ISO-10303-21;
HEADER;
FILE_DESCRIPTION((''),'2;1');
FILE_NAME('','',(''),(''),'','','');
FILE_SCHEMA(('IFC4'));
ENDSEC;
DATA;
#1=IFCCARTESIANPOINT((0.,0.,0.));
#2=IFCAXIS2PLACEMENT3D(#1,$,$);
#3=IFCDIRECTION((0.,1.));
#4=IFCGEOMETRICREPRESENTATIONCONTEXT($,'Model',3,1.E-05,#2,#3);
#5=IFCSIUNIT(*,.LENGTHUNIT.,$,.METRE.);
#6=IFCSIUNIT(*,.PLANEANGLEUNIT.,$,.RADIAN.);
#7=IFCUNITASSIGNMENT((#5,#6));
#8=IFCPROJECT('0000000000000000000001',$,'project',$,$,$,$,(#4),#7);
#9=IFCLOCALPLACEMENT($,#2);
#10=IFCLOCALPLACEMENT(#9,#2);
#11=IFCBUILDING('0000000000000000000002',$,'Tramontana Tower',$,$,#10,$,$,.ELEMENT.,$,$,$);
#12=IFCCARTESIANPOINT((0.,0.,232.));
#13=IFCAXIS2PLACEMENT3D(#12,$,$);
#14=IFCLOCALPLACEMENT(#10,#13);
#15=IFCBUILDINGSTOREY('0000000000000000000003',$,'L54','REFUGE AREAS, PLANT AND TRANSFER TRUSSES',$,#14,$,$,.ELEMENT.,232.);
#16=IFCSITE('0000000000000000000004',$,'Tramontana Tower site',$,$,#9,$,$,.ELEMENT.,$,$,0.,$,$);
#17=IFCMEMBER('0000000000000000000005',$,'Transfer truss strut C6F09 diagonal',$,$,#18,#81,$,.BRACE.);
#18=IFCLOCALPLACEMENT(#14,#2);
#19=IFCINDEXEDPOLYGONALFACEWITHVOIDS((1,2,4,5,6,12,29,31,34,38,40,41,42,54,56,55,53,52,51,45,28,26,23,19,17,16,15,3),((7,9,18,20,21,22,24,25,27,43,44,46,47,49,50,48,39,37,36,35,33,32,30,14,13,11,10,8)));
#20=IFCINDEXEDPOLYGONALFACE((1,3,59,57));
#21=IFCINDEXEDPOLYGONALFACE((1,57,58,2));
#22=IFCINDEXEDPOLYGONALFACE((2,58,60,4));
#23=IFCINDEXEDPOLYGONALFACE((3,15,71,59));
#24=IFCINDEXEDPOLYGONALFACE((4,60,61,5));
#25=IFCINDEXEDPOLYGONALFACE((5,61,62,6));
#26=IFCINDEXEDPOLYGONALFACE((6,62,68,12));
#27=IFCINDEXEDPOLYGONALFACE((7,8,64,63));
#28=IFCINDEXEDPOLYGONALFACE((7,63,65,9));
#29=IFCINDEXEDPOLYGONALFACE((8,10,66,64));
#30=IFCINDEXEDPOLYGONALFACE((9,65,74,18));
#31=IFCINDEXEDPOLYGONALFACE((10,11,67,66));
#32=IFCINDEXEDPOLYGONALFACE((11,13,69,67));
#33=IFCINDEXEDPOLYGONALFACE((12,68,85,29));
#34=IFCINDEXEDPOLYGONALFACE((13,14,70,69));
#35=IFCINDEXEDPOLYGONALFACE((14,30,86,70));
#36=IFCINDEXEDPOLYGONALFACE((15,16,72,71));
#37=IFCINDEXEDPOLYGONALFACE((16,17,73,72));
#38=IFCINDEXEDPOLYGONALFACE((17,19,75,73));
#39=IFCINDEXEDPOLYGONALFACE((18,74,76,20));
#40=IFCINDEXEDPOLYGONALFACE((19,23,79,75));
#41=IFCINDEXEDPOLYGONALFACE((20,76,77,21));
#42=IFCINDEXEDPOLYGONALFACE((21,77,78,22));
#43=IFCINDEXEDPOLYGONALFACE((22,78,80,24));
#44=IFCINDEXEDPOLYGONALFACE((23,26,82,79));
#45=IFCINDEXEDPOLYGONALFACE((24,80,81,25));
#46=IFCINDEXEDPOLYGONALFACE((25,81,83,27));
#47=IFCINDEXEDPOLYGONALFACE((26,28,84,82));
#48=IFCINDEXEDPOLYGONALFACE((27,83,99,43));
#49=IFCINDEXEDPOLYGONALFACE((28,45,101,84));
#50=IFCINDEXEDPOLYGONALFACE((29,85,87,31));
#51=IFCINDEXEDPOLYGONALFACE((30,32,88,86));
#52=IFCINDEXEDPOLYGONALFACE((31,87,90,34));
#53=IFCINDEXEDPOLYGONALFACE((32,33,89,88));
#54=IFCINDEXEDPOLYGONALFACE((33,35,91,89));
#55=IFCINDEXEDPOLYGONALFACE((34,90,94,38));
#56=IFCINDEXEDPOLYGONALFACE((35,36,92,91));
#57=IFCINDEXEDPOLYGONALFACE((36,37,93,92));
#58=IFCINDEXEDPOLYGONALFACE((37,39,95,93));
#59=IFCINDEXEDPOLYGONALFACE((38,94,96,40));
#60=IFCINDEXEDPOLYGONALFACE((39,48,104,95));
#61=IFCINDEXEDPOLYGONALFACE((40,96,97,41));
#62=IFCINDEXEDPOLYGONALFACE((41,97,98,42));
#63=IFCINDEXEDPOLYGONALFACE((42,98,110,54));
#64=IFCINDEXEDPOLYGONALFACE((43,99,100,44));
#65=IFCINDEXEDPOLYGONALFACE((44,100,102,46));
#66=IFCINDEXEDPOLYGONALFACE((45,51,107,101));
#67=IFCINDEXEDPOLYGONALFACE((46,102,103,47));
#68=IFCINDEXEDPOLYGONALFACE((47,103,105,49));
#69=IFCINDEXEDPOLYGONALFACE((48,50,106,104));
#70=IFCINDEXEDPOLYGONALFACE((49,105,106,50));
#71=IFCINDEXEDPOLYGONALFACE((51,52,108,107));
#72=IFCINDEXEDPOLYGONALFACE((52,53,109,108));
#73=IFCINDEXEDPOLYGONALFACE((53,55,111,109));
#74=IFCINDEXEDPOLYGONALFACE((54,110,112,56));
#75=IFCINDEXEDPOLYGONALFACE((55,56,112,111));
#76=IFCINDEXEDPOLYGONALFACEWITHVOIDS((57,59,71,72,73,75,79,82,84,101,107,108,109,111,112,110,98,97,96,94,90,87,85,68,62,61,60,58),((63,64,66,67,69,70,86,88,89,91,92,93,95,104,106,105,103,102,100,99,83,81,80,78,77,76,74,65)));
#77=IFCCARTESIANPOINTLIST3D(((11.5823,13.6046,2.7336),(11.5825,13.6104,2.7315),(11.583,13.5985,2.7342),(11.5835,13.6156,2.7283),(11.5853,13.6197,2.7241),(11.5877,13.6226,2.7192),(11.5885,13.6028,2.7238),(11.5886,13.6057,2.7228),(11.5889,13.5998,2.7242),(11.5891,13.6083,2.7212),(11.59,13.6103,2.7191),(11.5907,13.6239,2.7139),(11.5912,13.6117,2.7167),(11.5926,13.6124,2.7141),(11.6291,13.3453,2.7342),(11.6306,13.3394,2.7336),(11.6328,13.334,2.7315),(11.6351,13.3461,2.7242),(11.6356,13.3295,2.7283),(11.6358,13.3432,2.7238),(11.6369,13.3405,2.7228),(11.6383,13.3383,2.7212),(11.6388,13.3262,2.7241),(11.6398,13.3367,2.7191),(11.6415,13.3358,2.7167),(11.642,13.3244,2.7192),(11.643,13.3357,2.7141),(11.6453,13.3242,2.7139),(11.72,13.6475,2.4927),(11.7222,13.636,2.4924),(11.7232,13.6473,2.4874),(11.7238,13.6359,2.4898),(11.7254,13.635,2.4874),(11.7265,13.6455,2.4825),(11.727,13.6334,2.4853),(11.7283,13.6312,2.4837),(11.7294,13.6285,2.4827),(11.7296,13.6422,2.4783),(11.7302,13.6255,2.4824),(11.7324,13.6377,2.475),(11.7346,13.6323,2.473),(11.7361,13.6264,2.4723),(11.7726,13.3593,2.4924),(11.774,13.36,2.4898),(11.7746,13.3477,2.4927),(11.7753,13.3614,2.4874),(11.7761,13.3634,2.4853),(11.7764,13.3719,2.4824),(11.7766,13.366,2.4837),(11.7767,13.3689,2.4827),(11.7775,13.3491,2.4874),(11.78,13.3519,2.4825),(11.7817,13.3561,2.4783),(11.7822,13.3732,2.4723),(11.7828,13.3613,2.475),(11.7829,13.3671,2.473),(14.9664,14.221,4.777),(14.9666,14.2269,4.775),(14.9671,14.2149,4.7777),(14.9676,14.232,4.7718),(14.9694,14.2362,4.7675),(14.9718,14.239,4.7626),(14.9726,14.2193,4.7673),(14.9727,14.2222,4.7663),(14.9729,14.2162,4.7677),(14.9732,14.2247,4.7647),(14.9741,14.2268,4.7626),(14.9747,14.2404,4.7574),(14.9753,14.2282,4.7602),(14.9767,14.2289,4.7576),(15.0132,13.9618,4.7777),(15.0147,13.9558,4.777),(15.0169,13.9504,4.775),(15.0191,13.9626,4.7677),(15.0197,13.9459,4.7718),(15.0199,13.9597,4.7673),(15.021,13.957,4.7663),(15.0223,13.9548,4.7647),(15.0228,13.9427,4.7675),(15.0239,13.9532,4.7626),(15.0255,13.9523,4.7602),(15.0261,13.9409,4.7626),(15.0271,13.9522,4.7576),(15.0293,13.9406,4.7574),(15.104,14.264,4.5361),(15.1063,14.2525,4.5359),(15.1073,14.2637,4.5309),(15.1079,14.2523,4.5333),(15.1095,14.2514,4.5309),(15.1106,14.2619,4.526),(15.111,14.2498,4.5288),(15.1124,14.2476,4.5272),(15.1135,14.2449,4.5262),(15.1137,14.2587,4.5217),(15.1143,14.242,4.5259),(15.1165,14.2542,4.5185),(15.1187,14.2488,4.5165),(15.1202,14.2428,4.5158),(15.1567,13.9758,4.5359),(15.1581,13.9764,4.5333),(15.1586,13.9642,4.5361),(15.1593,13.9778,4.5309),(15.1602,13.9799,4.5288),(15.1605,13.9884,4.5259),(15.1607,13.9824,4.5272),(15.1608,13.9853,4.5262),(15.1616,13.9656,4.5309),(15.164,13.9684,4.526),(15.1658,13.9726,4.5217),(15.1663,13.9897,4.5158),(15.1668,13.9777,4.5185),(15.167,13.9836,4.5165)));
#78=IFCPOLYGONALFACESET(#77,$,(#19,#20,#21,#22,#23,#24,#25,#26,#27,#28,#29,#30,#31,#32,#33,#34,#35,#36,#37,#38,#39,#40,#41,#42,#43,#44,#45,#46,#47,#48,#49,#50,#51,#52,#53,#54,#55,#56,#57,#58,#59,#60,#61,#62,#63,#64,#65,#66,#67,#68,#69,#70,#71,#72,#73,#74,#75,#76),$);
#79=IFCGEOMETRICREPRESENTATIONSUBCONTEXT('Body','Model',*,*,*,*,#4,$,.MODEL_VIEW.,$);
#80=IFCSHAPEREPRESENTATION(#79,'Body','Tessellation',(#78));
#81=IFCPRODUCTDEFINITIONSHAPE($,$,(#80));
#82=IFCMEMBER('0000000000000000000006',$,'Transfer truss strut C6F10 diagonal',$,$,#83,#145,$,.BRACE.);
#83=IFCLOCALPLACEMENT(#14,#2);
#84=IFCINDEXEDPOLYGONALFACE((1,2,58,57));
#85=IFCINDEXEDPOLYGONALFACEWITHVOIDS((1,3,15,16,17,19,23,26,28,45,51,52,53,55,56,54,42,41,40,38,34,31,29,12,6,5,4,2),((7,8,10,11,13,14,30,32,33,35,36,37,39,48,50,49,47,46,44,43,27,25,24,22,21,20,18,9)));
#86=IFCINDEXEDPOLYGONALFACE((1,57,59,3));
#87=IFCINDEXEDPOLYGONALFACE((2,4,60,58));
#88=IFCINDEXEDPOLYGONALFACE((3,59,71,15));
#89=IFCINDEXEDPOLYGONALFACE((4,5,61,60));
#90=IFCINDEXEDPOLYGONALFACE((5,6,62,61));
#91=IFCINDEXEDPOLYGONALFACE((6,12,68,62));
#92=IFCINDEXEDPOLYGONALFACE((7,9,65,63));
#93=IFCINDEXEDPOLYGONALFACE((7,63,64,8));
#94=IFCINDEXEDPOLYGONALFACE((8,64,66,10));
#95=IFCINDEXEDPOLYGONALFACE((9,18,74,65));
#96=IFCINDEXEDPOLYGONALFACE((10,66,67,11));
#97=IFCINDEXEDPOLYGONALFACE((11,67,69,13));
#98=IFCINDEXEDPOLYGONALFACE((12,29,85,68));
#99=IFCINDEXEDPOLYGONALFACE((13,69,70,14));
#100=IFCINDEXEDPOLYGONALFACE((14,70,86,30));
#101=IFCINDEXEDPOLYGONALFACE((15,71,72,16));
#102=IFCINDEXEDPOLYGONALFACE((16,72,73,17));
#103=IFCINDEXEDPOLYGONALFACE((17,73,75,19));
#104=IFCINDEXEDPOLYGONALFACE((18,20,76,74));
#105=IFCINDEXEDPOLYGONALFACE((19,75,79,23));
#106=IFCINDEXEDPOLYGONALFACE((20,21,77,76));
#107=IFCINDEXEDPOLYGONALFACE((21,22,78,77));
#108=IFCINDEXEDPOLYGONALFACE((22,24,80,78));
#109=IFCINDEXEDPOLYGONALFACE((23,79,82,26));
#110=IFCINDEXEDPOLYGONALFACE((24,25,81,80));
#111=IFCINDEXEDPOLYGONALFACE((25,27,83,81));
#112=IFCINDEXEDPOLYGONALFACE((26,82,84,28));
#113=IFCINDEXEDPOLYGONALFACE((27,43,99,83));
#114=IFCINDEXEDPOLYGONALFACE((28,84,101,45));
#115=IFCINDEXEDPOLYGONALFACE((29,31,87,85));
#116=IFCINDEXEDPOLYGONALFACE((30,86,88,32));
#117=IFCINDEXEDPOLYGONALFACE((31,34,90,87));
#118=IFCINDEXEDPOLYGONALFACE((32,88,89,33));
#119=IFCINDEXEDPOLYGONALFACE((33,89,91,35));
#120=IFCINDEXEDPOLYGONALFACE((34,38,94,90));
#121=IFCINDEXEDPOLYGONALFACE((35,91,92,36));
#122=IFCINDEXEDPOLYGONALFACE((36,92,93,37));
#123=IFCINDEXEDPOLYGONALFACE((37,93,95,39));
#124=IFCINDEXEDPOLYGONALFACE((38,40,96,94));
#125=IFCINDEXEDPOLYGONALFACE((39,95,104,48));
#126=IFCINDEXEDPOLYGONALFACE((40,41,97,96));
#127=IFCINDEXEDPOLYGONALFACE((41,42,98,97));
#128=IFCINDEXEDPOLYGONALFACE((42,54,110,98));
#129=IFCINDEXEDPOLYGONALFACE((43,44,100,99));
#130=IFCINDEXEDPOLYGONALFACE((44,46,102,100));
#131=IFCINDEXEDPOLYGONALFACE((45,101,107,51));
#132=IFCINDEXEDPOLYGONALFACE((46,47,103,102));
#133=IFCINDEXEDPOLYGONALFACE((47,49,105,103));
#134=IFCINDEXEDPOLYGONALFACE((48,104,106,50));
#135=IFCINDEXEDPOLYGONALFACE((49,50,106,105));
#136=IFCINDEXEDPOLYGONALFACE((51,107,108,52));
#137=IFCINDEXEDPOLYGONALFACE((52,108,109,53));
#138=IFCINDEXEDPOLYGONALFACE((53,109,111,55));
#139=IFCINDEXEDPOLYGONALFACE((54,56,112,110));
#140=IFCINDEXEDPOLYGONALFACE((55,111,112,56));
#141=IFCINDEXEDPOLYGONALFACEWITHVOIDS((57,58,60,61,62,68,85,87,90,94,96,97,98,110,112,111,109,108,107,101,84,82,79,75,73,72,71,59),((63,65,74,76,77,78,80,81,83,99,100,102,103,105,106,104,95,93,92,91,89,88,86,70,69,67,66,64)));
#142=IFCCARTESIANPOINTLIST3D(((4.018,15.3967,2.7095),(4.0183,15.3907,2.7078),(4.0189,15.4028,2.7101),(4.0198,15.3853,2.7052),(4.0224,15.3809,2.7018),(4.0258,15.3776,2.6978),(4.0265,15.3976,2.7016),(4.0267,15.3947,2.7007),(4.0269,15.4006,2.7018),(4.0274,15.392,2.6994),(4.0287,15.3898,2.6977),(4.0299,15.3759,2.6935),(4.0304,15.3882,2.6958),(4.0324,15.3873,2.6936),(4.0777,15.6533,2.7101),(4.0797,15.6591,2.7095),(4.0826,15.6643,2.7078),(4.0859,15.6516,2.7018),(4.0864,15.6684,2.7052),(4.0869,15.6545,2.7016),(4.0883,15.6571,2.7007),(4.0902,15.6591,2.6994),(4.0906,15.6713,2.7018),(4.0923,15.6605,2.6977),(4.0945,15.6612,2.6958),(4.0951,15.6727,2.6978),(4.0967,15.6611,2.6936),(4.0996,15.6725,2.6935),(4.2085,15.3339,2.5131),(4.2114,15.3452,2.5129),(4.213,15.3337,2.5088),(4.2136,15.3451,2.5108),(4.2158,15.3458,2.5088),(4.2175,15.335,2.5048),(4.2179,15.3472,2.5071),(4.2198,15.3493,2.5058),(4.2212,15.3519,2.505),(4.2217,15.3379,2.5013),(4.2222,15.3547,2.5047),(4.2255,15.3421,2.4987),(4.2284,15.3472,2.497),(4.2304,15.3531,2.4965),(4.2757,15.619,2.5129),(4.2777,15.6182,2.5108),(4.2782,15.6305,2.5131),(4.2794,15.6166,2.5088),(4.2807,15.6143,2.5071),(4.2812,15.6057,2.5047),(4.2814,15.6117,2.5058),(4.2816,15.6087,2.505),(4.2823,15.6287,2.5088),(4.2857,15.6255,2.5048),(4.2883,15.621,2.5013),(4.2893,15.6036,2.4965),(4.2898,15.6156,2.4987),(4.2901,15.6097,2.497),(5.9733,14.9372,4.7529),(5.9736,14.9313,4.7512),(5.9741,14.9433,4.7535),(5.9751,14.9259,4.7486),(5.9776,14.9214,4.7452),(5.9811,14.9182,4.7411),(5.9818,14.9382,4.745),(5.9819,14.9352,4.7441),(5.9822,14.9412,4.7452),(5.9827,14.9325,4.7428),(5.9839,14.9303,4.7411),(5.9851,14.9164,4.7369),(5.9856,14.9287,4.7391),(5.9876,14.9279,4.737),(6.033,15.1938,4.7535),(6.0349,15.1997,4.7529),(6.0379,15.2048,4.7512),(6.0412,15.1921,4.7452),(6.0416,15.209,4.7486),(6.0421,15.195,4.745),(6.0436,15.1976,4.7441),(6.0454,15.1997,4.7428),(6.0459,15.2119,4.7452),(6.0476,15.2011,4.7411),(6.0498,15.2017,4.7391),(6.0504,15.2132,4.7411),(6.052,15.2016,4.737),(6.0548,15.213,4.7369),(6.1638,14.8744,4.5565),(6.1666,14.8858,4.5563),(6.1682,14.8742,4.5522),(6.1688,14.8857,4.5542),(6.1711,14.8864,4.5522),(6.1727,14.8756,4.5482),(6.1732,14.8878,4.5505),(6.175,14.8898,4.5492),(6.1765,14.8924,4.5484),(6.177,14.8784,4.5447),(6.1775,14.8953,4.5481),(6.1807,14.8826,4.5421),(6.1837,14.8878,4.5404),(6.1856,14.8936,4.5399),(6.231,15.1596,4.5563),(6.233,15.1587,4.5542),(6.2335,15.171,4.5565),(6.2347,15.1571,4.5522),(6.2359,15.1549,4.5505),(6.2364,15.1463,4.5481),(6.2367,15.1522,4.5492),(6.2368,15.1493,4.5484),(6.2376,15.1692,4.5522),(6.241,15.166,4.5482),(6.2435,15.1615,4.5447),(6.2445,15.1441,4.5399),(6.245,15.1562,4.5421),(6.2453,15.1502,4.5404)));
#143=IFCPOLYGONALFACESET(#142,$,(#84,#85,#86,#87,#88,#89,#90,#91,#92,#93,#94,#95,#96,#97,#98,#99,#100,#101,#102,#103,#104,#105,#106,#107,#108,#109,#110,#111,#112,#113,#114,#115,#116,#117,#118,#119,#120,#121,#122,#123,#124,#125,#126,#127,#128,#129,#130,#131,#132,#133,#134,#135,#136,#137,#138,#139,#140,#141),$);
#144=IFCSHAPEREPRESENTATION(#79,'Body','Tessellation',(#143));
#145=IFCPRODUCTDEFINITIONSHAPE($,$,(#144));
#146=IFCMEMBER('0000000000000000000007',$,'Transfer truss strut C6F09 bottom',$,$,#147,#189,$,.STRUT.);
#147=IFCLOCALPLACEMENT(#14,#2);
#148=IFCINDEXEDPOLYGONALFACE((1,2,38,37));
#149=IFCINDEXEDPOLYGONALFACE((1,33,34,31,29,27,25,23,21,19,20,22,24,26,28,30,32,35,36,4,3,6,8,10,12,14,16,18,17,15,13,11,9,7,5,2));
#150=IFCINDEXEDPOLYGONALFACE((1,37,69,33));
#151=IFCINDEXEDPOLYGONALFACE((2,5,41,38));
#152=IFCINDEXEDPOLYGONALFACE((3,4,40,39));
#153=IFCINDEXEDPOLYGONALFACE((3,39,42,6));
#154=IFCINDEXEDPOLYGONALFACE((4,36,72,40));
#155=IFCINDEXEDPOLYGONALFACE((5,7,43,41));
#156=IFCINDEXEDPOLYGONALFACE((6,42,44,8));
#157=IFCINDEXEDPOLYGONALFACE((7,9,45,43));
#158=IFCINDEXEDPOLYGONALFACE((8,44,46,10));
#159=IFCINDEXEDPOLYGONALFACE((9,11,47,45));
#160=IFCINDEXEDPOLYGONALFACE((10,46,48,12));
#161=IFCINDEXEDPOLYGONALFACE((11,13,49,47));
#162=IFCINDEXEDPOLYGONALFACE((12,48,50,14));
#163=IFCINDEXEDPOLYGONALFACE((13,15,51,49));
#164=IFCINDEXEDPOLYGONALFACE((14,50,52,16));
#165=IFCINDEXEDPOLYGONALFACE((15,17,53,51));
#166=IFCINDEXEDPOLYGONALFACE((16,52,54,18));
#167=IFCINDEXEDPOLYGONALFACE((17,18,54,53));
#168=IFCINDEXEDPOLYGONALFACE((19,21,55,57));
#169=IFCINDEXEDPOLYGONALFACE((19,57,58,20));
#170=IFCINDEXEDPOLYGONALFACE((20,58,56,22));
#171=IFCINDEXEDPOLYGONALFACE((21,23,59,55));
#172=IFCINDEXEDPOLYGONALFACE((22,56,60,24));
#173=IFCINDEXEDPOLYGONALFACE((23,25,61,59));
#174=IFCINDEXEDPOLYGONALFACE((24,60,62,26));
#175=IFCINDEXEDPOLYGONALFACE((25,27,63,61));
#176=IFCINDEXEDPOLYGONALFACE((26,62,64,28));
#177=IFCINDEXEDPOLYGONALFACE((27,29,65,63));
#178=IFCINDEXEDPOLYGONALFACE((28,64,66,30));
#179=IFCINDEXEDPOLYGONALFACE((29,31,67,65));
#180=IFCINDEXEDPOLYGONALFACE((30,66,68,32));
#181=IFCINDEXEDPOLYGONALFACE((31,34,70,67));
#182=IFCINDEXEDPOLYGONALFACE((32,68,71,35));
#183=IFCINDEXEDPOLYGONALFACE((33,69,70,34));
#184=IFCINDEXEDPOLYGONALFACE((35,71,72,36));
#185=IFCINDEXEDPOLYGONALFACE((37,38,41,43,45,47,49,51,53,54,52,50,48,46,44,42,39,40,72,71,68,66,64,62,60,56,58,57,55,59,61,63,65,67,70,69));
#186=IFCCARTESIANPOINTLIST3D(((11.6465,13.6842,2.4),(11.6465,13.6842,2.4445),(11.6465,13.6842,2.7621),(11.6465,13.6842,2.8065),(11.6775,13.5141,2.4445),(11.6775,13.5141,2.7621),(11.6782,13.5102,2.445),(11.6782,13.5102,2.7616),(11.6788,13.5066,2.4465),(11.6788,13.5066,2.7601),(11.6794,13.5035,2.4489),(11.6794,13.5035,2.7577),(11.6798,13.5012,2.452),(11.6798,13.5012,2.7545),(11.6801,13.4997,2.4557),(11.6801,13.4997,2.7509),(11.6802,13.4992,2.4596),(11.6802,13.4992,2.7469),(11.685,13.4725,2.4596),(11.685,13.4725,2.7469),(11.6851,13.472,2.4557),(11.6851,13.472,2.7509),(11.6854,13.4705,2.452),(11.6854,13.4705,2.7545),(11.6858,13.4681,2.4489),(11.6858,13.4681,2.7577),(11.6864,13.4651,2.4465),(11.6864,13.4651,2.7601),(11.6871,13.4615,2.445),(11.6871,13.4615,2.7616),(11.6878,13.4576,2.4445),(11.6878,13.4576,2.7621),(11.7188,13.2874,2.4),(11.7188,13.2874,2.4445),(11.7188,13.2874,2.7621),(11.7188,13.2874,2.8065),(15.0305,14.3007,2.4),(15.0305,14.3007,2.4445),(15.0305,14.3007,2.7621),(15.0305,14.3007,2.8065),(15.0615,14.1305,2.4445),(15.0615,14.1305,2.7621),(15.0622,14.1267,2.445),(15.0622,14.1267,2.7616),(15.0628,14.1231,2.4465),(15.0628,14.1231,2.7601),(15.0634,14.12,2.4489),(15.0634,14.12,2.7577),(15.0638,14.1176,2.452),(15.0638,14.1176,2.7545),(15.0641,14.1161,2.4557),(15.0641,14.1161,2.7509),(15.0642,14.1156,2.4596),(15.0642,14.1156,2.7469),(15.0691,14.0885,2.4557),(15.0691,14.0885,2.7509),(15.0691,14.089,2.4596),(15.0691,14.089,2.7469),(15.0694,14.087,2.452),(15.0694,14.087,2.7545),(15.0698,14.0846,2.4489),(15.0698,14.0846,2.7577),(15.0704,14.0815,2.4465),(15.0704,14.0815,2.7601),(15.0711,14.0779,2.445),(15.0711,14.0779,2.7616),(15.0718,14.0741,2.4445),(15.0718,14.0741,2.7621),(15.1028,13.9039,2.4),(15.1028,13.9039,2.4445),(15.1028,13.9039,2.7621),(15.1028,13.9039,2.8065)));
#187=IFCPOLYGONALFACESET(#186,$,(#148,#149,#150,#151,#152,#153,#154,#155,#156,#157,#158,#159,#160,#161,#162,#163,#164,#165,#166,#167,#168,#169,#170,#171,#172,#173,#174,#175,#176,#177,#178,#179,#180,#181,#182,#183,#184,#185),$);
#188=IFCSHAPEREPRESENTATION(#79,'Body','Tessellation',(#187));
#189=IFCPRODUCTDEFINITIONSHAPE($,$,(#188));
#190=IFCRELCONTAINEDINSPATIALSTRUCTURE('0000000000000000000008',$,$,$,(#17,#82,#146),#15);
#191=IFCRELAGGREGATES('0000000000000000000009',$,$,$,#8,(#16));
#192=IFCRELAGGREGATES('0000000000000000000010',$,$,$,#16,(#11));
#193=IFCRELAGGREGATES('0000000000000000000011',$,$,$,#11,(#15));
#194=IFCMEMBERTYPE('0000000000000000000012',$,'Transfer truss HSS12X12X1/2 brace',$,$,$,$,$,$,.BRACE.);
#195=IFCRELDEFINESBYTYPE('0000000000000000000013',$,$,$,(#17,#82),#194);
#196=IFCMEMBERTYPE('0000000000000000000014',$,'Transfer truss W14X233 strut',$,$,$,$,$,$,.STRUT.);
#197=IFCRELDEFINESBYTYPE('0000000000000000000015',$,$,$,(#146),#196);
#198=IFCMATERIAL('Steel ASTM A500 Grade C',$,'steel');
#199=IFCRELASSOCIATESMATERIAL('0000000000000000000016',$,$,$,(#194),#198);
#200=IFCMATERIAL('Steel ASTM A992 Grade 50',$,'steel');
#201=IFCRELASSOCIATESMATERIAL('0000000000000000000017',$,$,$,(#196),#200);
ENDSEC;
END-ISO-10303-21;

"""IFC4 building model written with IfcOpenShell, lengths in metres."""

from ifc_helpers import new_model, si_unit, direction, frame, origin, origin_2d, place, context, subcontext, project, spatial, hollow_rectangle, i_section, extrude, material, material_profile, profile_set, type_object, element, save


model = new_model("IFC4")

# Units and contexts
model_context = context("Model", 3, precision=1e-05, world=origin(), true_north=direction((0.0, 1.0)))
body_context = subcontext(model_context, "Body", "Model", "MODEL_VIEW")
ifc_project = project(units=[si_unit("LENGTHUNIT", "METRE"), si_unit("PLANEANGLEUNIT", "RADIAN")], contexts=[model_context])

# Site, building, storey
site_placement = place(None, origin())
site = spatial("IfcSite", under=ifc_project, at=site_placement, Name="Tramontana Tower site", CompositionType="ELEMENT", RefElevation=0.0)
building_placement = place(site_placement, origin())
building = spatial("IfcBuilding", under=site, at=building_placement, Name="Tramontana Tower", CompositionType="ELEMENT")
storey_placement = place(building_placement, frame((0.0, 0.0, 232.0)))
storey = spatial("IfcBuildingStorey", under=building, at=storey_placement, Name="L54", Description="REFUGE AREAS, PLANT AND TRANSFER TRUSSES", CompositionType="ELEMENT", Elevation=232.0)

# Members
ifc_material_1 = material(Name="Steel ASTM A500 Grade C", Category="steel")
ifc_material_profile_1 = material_profile(ifc_material_1, hollow_rectangle(XDim=0.3047, YDim=0.3047, WallThickness=0.0117, InnerFilletRadius=0.0117, OuterFilletRadius=0.0237, at=origin_2d()), Name="HSS12X12X1/2")
ifc_profile_set_1 = profile_set([ifc_material_profile_1], Name="Steel ASTM A500 Grade C")
member_type_1 = type_object("IfcMemberType", Name="Transfer truss HSS12X12X1/2 brace", PredefinedType="BRACE", material=ifc_profile_set_1)
member_1_placement = place(storey_placement, frame((11.6826, 13.4858, 2.6033), z_axis=(0.845812, 0.154078, 0.510746), x_axis=(-0.179216, 0.98381, 0.0)))
element("IfcMember", 1, at=member_1_placement, inside=storey, type_object=member_type_1, Name="Transfer truss strut C6F09 diagonal", PredefinedType="BRACE", context=body_context, shape_type="SweptSolid", body=[
    extrude(hollow_rectangle(XDim=0.3047, YDim=0.3047, WallThickness=0.0117, InnerFilletRadius=0.0117, OuterFilletRadius=0.0237, at=origin_2d()), origin(), (0.0, 0.0, 1.0), 4.001),
])
member_2_placement = place(storey_placement, frame((4.1541, 15.5032, 2.6033), z_axis=(0.682407, -0.160356, 0.713166), x_axis=(0.228755, 0.973484, 0.0)))
element("IfcMember", 2, at=member_2_placement, inside=storey, type_object=member_type_1, Name="Transfer truss strut C6F10 diagonal", PredefinedType="BRACE", context=body_context, shape_type="SweptSolid", body=[
    extrude(hollow_rectangle(XDim=0.3047, YDim=0.3047, WallThickness=0.0117, InnerFilletRadius=0.0117, OuterFilletRadius=0.0237, at=origin_2d()), origin(), (0.0, 0.0, 1.0), 2.8652),
])
ifc_material_2 = material(Name="Steel ASTM A992 Grade 50", Category="steel")
ifc_material_profile_2 = material_profile(ifc_material_2, i_section(OverallWidth=0.4033, OverallDepth=0.4065, WebThickness=0.0271, FlangeThickness=0.0444, FilletRadius=0.0151, at=origin_2d()), Name="W14X233")
ifc_profile_set_2 = profile_set([ifc_material_profile_2], Name="Steel ASTM A992 Grade 50")
member_type_2 = type_object("IfcMemberType", Name="Transfer truss W14X233 strut", PredefinedType="STRUT", material=ifc_profile_set_2)
member_3_placement = place(storey_placement, frame((11.6826, 13.4858, 2.6033), z_axis=(0.98381, 0.179216, 0.0), x_axis=(-0.179216, 0.98381, 0.0)))
element("IfcMember", 3, at=member_3_placement, inside=storey, type_object=member_type_2, Name="Transfer truss strut C6F09 bottom", PredefinedType="STRUT", context=body_context, shape_type="SweptSolid", body=[
    extrude(i_section(OverallWidth=0.4033, OverallDepth=0.4065, WebThickness=0.0271, FlangeThickness=0.0444, FilletRadius=0.0151, at=origin_2d()), origin(), (0.0, 0.0, 1.0), 3.4397),
])

save(model, "model.ifc")
